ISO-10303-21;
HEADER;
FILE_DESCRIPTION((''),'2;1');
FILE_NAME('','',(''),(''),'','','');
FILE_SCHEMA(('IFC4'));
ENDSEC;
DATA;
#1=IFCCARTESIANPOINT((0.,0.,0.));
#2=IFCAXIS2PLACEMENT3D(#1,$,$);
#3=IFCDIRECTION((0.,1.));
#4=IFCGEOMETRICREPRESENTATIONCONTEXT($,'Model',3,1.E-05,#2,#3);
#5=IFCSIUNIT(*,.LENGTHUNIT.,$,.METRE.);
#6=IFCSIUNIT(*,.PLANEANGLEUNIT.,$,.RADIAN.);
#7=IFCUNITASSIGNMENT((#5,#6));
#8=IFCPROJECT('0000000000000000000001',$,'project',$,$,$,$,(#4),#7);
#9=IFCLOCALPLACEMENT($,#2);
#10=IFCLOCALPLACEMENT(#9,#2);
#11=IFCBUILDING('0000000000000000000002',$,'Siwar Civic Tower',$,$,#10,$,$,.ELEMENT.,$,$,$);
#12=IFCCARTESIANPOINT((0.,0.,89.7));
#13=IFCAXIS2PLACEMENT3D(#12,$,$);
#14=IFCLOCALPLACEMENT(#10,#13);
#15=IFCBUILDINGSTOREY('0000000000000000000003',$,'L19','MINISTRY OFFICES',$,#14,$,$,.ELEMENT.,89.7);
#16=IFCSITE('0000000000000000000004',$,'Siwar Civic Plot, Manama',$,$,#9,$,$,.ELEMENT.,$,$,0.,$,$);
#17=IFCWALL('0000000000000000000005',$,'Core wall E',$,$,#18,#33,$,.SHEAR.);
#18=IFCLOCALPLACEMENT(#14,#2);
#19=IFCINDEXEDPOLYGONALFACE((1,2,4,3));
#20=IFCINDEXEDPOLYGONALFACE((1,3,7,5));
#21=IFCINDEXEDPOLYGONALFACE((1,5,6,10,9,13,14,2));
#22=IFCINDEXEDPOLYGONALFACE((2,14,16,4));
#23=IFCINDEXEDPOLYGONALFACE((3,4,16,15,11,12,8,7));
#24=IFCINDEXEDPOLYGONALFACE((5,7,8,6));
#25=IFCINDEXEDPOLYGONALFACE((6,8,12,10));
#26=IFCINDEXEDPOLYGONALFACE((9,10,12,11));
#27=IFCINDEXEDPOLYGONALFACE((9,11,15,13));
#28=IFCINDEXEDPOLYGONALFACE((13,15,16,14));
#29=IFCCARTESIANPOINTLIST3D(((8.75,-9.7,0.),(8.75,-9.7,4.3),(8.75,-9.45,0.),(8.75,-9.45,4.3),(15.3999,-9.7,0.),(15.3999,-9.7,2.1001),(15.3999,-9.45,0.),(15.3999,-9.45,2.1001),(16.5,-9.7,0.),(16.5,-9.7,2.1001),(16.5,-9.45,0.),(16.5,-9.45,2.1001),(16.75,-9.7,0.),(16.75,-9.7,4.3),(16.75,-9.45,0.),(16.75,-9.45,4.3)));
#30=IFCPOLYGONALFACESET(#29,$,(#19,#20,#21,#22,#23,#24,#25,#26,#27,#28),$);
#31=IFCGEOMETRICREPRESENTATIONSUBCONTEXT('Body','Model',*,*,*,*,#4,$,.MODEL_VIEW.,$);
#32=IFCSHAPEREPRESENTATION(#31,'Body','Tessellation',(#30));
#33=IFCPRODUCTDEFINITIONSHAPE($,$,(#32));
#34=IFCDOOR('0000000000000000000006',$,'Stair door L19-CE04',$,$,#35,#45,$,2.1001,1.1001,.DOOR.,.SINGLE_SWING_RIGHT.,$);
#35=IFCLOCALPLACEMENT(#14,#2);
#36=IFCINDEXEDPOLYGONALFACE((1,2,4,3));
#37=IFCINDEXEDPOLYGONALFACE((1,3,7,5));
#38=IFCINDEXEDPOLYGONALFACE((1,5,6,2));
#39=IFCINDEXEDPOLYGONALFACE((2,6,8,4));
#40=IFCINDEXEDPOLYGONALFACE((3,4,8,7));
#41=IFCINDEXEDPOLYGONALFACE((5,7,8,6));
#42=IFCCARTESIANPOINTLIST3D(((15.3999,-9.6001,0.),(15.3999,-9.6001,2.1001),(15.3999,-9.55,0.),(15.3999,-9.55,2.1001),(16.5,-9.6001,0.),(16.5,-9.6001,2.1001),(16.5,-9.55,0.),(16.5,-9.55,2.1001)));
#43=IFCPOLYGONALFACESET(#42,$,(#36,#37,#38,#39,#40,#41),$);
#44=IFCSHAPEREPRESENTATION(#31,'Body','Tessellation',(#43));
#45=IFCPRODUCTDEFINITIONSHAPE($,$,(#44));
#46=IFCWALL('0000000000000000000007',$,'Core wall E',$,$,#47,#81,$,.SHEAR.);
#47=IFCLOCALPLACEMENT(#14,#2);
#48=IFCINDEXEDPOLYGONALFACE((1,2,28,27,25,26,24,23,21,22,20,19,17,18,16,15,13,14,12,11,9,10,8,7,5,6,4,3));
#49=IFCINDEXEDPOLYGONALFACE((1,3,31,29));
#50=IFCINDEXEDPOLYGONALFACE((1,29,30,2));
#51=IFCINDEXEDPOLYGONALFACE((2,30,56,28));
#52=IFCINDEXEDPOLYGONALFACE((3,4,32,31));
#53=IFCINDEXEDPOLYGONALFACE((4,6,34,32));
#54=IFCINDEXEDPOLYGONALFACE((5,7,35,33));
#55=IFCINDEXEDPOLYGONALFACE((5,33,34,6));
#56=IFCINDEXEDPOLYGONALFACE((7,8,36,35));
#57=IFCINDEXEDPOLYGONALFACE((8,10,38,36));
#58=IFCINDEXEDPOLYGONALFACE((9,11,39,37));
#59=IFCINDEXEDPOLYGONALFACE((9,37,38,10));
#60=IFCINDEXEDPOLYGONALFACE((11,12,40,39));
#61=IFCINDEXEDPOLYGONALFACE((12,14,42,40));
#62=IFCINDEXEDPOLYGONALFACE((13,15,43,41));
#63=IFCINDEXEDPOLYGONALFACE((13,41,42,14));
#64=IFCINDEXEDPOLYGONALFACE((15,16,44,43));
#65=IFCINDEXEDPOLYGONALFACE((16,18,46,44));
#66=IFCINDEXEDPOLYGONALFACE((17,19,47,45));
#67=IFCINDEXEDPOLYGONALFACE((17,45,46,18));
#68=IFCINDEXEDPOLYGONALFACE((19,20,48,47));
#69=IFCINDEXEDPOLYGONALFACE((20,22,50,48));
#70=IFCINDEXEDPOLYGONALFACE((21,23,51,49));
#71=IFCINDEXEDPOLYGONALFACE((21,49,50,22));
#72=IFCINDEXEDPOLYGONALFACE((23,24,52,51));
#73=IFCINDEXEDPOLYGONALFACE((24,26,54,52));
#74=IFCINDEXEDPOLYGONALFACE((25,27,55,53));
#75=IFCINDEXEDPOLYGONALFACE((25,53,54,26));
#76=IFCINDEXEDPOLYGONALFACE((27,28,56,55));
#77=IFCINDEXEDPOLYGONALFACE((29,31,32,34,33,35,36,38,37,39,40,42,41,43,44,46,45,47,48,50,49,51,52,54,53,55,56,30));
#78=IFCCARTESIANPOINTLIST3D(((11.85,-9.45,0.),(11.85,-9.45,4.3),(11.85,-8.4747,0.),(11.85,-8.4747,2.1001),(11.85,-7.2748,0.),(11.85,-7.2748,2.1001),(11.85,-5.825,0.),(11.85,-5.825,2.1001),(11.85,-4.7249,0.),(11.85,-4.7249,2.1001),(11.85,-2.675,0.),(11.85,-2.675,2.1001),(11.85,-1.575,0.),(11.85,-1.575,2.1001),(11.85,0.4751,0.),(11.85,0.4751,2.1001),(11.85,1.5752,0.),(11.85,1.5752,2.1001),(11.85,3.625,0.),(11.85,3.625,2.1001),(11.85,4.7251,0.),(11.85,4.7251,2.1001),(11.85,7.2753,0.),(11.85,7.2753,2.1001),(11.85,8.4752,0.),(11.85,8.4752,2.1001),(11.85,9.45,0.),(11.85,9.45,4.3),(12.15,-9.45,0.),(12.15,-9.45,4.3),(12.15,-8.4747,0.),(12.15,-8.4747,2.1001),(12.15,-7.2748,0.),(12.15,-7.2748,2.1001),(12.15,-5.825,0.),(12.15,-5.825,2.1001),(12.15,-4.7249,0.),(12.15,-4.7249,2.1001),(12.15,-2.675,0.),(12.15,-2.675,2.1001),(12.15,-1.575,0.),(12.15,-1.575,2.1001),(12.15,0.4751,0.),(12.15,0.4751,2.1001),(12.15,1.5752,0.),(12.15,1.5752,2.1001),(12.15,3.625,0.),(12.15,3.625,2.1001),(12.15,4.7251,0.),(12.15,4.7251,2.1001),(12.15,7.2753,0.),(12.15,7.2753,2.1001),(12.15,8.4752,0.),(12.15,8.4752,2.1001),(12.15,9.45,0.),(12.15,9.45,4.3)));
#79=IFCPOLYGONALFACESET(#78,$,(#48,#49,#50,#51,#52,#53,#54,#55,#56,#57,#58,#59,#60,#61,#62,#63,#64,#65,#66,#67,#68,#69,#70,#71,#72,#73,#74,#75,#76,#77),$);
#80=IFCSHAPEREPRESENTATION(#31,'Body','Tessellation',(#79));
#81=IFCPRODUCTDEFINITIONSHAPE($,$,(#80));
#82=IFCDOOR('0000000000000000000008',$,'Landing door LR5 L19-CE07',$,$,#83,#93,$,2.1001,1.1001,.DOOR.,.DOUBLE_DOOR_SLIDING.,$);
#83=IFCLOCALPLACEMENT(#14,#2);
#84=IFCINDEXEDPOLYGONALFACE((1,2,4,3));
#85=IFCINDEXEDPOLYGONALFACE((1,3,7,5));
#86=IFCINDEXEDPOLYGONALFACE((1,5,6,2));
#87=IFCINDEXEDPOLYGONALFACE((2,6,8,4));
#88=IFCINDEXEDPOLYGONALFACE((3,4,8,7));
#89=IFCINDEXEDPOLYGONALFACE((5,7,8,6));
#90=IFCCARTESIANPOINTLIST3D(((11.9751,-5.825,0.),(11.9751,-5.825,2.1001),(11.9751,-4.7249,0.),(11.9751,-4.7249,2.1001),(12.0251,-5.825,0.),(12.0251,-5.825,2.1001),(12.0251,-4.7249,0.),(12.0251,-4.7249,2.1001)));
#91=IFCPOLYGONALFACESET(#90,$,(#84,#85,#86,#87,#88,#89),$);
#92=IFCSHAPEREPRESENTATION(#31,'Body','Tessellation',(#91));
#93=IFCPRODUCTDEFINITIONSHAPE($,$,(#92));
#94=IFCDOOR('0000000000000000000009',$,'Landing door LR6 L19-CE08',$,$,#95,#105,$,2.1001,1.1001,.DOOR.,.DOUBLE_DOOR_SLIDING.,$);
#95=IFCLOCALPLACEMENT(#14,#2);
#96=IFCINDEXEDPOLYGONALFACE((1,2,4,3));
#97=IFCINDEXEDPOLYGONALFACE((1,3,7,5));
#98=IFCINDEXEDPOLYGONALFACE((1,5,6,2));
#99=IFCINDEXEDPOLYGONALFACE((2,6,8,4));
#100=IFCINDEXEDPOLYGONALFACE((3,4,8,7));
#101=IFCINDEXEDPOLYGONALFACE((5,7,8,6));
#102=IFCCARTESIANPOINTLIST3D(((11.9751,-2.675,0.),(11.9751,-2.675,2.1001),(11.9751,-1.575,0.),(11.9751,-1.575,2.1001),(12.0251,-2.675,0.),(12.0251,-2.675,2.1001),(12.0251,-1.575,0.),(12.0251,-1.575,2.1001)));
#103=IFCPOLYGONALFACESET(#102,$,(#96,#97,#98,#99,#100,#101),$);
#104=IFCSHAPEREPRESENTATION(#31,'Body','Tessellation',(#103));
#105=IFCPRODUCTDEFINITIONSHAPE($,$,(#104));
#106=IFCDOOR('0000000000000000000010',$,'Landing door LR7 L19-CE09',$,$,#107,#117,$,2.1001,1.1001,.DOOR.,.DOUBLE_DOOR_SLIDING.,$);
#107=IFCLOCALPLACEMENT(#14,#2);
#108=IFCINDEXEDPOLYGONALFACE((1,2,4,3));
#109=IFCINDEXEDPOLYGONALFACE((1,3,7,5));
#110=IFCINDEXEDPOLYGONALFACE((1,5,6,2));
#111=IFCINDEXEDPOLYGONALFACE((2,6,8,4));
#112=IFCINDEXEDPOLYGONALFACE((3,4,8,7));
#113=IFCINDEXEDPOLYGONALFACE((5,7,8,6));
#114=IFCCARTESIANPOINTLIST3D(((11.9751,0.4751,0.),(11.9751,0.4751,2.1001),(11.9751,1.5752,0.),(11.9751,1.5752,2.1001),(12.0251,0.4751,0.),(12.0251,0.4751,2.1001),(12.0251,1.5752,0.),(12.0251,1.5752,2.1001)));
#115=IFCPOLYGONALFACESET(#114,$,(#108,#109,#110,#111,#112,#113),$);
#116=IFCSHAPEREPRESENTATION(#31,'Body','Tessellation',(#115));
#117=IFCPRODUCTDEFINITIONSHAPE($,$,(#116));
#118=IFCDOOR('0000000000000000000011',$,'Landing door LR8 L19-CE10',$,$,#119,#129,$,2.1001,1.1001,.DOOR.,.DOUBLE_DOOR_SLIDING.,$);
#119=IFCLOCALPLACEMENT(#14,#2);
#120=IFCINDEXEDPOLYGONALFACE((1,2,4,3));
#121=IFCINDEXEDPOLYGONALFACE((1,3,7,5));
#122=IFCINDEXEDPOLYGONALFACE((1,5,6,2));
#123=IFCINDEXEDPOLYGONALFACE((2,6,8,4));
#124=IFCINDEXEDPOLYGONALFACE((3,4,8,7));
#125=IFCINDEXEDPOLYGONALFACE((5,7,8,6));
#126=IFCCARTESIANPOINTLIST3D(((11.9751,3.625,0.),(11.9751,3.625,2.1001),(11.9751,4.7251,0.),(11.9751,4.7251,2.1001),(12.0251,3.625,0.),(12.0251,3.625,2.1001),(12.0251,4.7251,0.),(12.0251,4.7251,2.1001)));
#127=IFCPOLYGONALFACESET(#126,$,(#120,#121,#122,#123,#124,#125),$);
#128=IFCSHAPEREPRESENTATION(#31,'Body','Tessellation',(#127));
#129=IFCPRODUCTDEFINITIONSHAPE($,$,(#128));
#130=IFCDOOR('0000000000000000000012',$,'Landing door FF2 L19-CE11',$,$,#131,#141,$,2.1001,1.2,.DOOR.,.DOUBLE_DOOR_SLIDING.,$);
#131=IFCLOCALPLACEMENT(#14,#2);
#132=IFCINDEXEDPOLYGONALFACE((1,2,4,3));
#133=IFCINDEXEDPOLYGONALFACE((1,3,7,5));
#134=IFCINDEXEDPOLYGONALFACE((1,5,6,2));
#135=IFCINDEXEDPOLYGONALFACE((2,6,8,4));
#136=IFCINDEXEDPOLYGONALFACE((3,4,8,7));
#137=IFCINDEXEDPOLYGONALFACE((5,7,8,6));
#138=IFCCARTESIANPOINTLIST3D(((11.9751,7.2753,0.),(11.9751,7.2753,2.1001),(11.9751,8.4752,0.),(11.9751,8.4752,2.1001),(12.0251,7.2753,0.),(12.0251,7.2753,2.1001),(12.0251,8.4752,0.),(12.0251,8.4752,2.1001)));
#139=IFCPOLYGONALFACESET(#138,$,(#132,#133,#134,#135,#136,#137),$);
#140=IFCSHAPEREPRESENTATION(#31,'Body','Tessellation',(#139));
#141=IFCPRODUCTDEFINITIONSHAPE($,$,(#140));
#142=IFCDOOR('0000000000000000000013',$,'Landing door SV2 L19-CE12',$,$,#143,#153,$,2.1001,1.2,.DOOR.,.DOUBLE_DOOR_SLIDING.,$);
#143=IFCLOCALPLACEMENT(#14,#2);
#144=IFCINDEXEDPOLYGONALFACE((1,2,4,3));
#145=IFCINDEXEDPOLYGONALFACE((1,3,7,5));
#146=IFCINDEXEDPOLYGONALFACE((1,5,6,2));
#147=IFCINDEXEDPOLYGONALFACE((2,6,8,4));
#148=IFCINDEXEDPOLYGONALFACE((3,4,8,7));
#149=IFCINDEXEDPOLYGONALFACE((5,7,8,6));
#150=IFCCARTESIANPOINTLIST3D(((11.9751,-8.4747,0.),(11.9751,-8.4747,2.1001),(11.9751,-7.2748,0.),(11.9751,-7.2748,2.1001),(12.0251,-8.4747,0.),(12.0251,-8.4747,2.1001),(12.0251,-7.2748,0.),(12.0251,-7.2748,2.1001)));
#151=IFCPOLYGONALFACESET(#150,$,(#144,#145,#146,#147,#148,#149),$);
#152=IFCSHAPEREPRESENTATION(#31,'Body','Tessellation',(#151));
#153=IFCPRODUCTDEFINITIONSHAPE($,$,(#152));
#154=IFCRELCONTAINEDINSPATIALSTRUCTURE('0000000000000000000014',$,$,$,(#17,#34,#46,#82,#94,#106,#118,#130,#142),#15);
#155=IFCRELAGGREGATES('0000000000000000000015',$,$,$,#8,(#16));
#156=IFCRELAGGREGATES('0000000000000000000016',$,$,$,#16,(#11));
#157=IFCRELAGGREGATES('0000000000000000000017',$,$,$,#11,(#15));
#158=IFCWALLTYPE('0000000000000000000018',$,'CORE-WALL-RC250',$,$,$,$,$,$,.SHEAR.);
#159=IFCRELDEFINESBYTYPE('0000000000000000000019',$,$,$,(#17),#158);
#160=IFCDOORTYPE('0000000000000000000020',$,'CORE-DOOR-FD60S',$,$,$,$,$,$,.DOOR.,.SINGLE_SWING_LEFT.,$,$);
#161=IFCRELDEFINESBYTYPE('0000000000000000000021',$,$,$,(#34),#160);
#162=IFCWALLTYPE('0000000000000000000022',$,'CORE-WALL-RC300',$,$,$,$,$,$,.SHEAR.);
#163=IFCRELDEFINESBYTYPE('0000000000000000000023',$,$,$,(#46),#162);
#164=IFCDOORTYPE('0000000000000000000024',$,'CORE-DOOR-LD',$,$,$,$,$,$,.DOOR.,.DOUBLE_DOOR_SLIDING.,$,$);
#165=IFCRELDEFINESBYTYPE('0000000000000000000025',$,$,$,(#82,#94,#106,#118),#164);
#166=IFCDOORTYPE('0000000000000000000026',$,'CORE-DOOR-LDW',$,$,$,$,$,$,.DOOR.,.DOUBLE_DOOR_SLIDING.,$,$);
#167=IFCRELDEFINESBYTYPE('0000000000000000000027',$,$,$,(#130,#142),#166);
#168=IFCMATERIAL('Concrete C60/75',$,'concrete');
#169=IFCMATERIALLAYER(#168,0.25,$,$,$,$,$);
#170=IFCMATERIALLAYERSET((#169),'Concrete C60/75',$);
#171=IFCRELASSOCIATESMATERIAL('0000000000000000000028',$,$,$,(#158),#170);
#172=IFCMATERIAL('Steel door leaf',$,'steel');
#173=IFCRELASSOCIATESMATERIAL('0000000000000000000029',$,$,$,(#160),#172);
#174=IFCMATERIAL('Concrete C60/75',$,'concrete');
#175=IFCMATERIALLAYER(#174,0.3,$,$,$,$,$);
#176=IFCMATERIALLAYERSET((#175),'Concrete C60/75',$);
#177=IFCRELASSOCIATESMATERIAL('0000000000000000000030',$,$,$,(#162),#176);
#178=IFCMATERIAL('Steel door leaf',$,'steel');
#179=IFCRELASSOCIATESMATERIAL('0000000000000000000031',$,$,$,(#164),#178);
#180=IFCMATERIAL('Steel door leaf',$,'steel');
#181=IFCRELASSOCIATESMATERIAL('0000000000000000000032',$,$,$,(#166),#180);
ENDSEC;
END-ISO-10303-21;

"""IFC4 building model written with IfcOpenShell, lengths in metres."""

from ifc_helpers import new_model, si_unit, direction, frame, frame_2d, origin, place, context, subcontext, project, spatial, rectangle, extrude, material, layer, layer_set, type_object, element, fill, save


model = new_model("IFC4")

# Units and contexts
model_context = context("Model", 3, precision=1e-05, world=origin(), true_north=direction((0.0, 1.0)))
body_context = subcontext(model_context, "Body", "Model", "MODEL_VIEW")
ifc_project = project(units=[si_unit("LENGTHUNIT", "METRE"), si_unit("PLANEANGLEUNIT", "RADIAN")], contexts=[model_context])

# Site, building, storey
site_placement = place(None, origin())
site = spatial("IfcSite", under=ifc_project, at=site_placement, Name="Siwar Civic Plot, Manama", CompositionType="ELEMENT", RefElevation=0.0)
building_placement = place(site_placement, origin())
building = spatial("IfcBuilding", under=site, at=building_placement, Name="Siwar Civic Tower", CompositionType="ELEMENT")
storey_placement = place(building_placement, frame((0.0, 0.0, 89.7)))
storey = spatial("IfcBuildingStorey", under=building, at=storey_placement, Name="L19", Description="MINISTRY OFFICES", CompositionType="ELEMENT", Elevation=89.7)

# Wall, opening, door
ifc_material_1 = material(Name="Concrete C60/75", Category="concrete")
ifc_layer_1 = layer(ifc_material_1, 0.25)
ifc_layer_set_1 = layer_set([ifc_layer_1], Name="Concrete C60/75")
wall_type_1 = type_object("IfcWallType", Name="CORE-WALL-RC250", PredefinedType="SHEAR", material=ifc_layer_set_1)
wall_1_placement = place(storey_placement, frame((8.75, -9.575, 0.0), z_axis=(0.0, 0.0, 1.0), x_axis=(1.0, 0.0, 0.0)))
wall_1 = element("IfcWall", 1, at=wall_1_placement, inside=storey, type_object=wall_type_1, Name="Core wall E", PredefinedType="SHEAR", context=body_context, shape_type="SweptSolid", body=[
    extrude(rectangle(XDim=8.0, YDim=0.25, at=frame_2d((4.0, 0.0))), origin(), (0.0, 0.0, 1.0), 4.3),
])
opening_1_placement = place(wall_1_placement, frame((6.6499, 0.0, 0.0)))
opening_1 = element("IfcOpeningElement", 2, at=opening_1_placement, cuts=wall_1, PredefinedType="OPENING", context=body_context, shape_type="SweptSolid", body=[
    extrude(rectangle(XDim=1.1001, YDim=2.1001, at=frame_2d((0.55, 1.05))), frame((0.0, 0.135, 0.0), z_axis=(0.0, -1.0, 0.0), x_axis=(1.0, 0.0, 0.0)), (0.0, 0.0, 1.0), 0.27),
])
ifc_material_2 = material(Name="Steel door leaf", Category="steel")
door_type_1 = type_object("IfcDoorType", Name="CORE-DOOR-FD60S", OperationType="SINGLE_SWING_LEFT", PredefinedType="DOOR", material=ifc_material_2)
door_1_placement = place(opening_1_placement, origin())
door_1 = element("IfcDoor", 3, at=door_1_placement, inside=storey, type_object=door_type_1, Name="Stair door L19-CE04", OperationType="SINGLE_SWING_RIGHT", OverallHeight=2.1001, OverallWidth=1.1001, PredefinedType="DOOR", context=body_context, shape_type="SweptSolid", body=[
    extrude(rectangle(XDim=1.1001, YDim=2.1001, at=frame_2d((0.55, 1.05))), frame((0.0, 0.0249, 0.0), z_axis=(0.0, -1.0, 0.0), x_axis=(1.0, 0.0, 0.0)), (0.0, 0.0, 1.0), 0.05),
])
fill(opening_1, door_1)

# Wall, openings, doors
ifc_material_3 = material(Name="Concrete C60/75", Category="concrete")
ifc_layer_2 = layer(ifc_material_3, 0.3)
ifc_layer_set_2 = layer_set([ifc_layer_2], Name="Concrete C60/75")
wall_type_2 = type_object("IfcWallType", Name="CORE-WALL-RC300", PredefinedType="SHEAR", material=ifc_layer_set_2)
wall_2_placement = place(storey_placement, frame((12.0, -9.45, 0.0), z_axis=(0.0, 0.0, 1.0), x_axis=(0.0, 1.0, 0.0)))
wall_2 = element("IfcWall", 4, at=wall_2_placement, inside=storey, type_object=wall_type_2, Name="Core wall E", PredefinedType="SHEAR", context=body_context, shape_type="SweptSolid", body=[
    extrude(rectangle(XDim=18.8999, YDim=0.3, at=frame_2d((9.45, 0.0))), origin(), (0.0, 0.0, 1.0), 4.3),
])
opening_2_placement = place(wall_2_placement, frame((3.625, 0.0, 0.0)))
opening_2 = element("IfcOpeningElement", 5, at=opening_2_placement, cuts=wall_2, PredefinedType="OPENING", context=body_context, shape_type="SweptSolid", body=[
    extrude(rectangle(XDim=1.1001, YDim=2.1001, at=frame_2d((0.55, 1.05))), frame((0.0, 0.1602, 0.0), z_axis=(0.0, -1.0, 0.0), x_axis=(1.0, 0.0, 0.0)), (0.0, 0.0, 1.0), 0.3201),
])
opening_3_placement = place(wall_2_placement, frame((6.7749, 0.0, 0.0)))
opening_3 = element("IfcOpeningElement", 6, at=opening_3_placement, cuts=wall_2, PredefinedType="OPENING", context=body_context, shape_type="SweptSolid", body=[
    extrude(rectangle(XDim=1.1001, YDim=2.1001, at=frame_2d((0.55, 1.05))), frame((0.0, 0.1602, 0.0), z_axis=(0.0, -1.0, 0.0), x_axis=(1.0, 0.0, 0.0)), (0.0, 0.0, 1.0), 0.3201),
])
opening_4_placement = place(wall_2_placement, frame((9.925, 0.0, 0.0)))
opening_4 = element("IfcOpeningElement", 7, at=opening_4_placement, cuts=wall_2, PredefinedType="OPENING", context=body_context, shape_type="SweptSolid", body=[
    extrude(rectangle(XDim=1.1001, YDim=2.1001, at=frame_2d((0.55, 1.05))), frame((0.0, 0.1602, 0.0), z_axis=(0.0, -1.0, 0.0), x_axis=(1.0, 0.0, 0.0)), (0.0, 0.0, 1.0), 0.3201),
])
opening_5_placement = place(wall_2_placement, frame((13.075, 0.0, 0.0)))
opening_5 = element("IfcOpeningElement", 8, at=opening_5_placement, cuts=wall_2, PredefinedType="OPENING", context=body_context, shape_type="SweptSolid", body=[
    extrude(rectangle(XDim=1.1001, YDim=2.1001, at=frame_2d((0.55, 1.05))), frame((0.0, 0.1602, 0.0), z_axis=(0.0, -1.0, 0.0), x_axis=(1.0, 0.0, 0.0)), (0.0, 0.0, 1.0), 0.3201),
])
opening_6_placement = place(wall_2_placement, frame((16.7251, 0.0, 0.0)))
opening_6 = element("IfcOpeningElement", 9, at=opening_6_placement, cuts=wall_2, PredefinedType="OPENING", context=body_context, shape_type="SweptSolid", body=[
    extrude(rectangle(XDim=1.2, YDim=2.1001, at=frame_2d((0.6001, 1.05))), frame((0.0, 0.1602, 0.0), z_axis=(0.0, -1.0, 0.0), x_axis=(1.0, 0.0, 0.0)), (0.0, 0.0, 1.0), 0.3201),
])
opening_7_placement = place(wall_2_placement, frame((0.9751, 0.0, 0.0)))
opening_7 = element("IfcOpeningElement", 10, at=opening_7_placement, cuts=wall_2, PredefinedType="OPENING", context=body_context, shape_type="SweptSolid", body=[
    extrude(rectangle(XDim=1.2, YDim=2.1001, at=frame_2d((0.6001, 1.05))), frame((0.0, 0.1602, 0.0), z_axis=(0.0, -1.0, 0.0), x_axis=(1.0, 0.0, 0.0)), (0.0, 0.0, 1.0), 0.3201),
])
ifc_material_4 = material(Name="Steel door leaf", Category="steel")
door_type_2 = type_object("IfcDoorType", Name="CORE-DOOR-LD", OperationType="DOUBLE_DOOR_SLIDING", PredefinedType="DOOR", material=ifc_material_4)
door_2_placement = place(opening_2_placement, origin())
door_2 = element("IfcDoor", 11, at=door_2_placement, inside=storey, type_object=door_type_2, Name="Landing door LR5 L19-CE07", OperationType="DOUBLE_DOOR_SLIDING", OverallHeight=2.1001, OverallWidth=1.1001, PredefinedType="DOOR", context=body_context, shape_type="SweptSolid", body=[
    extrude(rectangle(XDim=1.1001, YDim=2.1001, at=frame_2d((0.55, 1.05))), frame((0.0, 0.0249, 0.0), z_axis=(0.0, -1.0, 0.0), x_axis=(1.0, 0.0, 0.0)), (0.0, 0.0, 1.0), 0.05),
])
fill(opening_2, door_2)
door_3_placement = place(opening_3_placement, origin())
door_3 = element("IfcDoor", 12, at=door_3_placement, inside=storey, type_object=door_type_2, Name="Landing door LR6 L19-CE08", OperationType="DOUBLE_DOOR_SLIDING", OverallHeight=2.1001, OverallWidth=1.1001, PredefinedType="DOOR", context=body_context, shape_type="SweptSolid", body=[
    extrude(rectangle(XDim=1.1001, YDim=2.1001, at=frame_2d((0.55, 1.05))), frame((0.0, 0.0249, 0.0), z_axis=(0.0, -1.0, 0.0), x_axis=(1.0, 0.0, 0.0)), (0.0, 0.0, 1.0), 0.05),
])
fill(opening_3, door_3)
door_4_placement = place(opening_4_placement, origin())
door_4 = element("IfcDoor", 13, at=door_4_placement, inside=storey, type_object=door_type_2, Name="Landing door LR7 L19-CE09", OperationType="DOUBLE_DOOR_SLIDING", OverallHeight=2.1001, OverallWidth=1.1001, PredefinedType="DOOR", context=body_context, shape_type="SweptSolid", body=[
    extrude(rectangle(XDim=1.1001, YDim=2.1001, at=frame_2d((0.55, 1.05))), frame((0.0, 0.0249, 0.0), z_axis=(0.0, -1.0, 0.0), x_axis=(1.0, 0.0, 0.0)), (0.0, 0.0, 1.0), 0.05),
])
fill(opening_4, door_4)
door_5_placement = place(opening_5_placement, origin())
door_5 = element("IfcDoor", 14, at=door_5_placement, inside=storey, type_object=door_type_2, Name="Landing door LR8 L19-CE10", OperationType="DOUBLE_DOOR_SLIDING", OverallHeight=2.1001, OverallWidth=1.1001, PredefinedType="DOOR", context=body_context, shape_type="SweptSolid", body=[
    extrude(rectangle(XDim=1.1001, YDim=2.1001, at=frame_2d((0.55, 1.05))), frame((0.0, 0.0249, 0.0), z_axis=(0.0, -1.0, 0.0), x_axis=(1.0, 0.0, 0.0)), (0.0, 0.0, 1.0), 0.05),
])
fill(opening_5, door_5)
ifc_material_5 = material(Name="Steel door leaf", Category="steel")
door_type_3 = type_object("IfcDoorType", Name="CORE-DOOR-LDW", OperationType="DOUBLE_DOOR_SLIDING", PredefinedType="DOOR", material=ifc_material_5)
door_6_placement = place(opening_6_placement, origin())
door_6 = element("IfcDoor", 15, at=door_6_placement, inside=storey, type_object=door_type_3, Name="Landing door FF2 L19-CE11", OperationType="DOUBLE_DOOR_SLIDING", OverallHeight=2.1001, OverallWidth=1.2, PredefinedType="DOOR", context=body_context, shape_type="SweptSolid", body=[
    extrude(rectangle(XDim=1.2, YDim=2.1001, at=frame_2d((0.6001, 1.05))), frame((0.0, 0.0249, 0.0), z_axis=(0.0, -1.0, 0.0), x_axis=(1.0, 0.0, 0.0)), (0.0, 0.0, 1.0), 0.05),
])
fill(opening_6, door_6)
door_7_placement = place(opening_7_placement, origin())
door_7 = element("IfcDoor", 16, at=door_7_placement, inside=storey, type_object=door_type_3, Name="Landing door SV2 L19-CE12", OperationType="DOUBLE_DOOR_SLIDING", OverallHeight=2.1001, OverallWidth=1.2, PredefinedType="DOOR", context=body_context, shape_type="SweptSolid", body=[
    extrude(rectangle(XDim=1.2, YDim=2.1001, at=frame_2d((0.6001, 1.05))), frame((0.0, 0.0249, 0.0), z_axis=(0.0, -1.0, 0.0), x_axis=(1.0, 0.0, 0.0)), (0.0, 0.0, 1.0), 0.05),
])
fill(opening_7, door_7)

save(model, "model.ifc")
